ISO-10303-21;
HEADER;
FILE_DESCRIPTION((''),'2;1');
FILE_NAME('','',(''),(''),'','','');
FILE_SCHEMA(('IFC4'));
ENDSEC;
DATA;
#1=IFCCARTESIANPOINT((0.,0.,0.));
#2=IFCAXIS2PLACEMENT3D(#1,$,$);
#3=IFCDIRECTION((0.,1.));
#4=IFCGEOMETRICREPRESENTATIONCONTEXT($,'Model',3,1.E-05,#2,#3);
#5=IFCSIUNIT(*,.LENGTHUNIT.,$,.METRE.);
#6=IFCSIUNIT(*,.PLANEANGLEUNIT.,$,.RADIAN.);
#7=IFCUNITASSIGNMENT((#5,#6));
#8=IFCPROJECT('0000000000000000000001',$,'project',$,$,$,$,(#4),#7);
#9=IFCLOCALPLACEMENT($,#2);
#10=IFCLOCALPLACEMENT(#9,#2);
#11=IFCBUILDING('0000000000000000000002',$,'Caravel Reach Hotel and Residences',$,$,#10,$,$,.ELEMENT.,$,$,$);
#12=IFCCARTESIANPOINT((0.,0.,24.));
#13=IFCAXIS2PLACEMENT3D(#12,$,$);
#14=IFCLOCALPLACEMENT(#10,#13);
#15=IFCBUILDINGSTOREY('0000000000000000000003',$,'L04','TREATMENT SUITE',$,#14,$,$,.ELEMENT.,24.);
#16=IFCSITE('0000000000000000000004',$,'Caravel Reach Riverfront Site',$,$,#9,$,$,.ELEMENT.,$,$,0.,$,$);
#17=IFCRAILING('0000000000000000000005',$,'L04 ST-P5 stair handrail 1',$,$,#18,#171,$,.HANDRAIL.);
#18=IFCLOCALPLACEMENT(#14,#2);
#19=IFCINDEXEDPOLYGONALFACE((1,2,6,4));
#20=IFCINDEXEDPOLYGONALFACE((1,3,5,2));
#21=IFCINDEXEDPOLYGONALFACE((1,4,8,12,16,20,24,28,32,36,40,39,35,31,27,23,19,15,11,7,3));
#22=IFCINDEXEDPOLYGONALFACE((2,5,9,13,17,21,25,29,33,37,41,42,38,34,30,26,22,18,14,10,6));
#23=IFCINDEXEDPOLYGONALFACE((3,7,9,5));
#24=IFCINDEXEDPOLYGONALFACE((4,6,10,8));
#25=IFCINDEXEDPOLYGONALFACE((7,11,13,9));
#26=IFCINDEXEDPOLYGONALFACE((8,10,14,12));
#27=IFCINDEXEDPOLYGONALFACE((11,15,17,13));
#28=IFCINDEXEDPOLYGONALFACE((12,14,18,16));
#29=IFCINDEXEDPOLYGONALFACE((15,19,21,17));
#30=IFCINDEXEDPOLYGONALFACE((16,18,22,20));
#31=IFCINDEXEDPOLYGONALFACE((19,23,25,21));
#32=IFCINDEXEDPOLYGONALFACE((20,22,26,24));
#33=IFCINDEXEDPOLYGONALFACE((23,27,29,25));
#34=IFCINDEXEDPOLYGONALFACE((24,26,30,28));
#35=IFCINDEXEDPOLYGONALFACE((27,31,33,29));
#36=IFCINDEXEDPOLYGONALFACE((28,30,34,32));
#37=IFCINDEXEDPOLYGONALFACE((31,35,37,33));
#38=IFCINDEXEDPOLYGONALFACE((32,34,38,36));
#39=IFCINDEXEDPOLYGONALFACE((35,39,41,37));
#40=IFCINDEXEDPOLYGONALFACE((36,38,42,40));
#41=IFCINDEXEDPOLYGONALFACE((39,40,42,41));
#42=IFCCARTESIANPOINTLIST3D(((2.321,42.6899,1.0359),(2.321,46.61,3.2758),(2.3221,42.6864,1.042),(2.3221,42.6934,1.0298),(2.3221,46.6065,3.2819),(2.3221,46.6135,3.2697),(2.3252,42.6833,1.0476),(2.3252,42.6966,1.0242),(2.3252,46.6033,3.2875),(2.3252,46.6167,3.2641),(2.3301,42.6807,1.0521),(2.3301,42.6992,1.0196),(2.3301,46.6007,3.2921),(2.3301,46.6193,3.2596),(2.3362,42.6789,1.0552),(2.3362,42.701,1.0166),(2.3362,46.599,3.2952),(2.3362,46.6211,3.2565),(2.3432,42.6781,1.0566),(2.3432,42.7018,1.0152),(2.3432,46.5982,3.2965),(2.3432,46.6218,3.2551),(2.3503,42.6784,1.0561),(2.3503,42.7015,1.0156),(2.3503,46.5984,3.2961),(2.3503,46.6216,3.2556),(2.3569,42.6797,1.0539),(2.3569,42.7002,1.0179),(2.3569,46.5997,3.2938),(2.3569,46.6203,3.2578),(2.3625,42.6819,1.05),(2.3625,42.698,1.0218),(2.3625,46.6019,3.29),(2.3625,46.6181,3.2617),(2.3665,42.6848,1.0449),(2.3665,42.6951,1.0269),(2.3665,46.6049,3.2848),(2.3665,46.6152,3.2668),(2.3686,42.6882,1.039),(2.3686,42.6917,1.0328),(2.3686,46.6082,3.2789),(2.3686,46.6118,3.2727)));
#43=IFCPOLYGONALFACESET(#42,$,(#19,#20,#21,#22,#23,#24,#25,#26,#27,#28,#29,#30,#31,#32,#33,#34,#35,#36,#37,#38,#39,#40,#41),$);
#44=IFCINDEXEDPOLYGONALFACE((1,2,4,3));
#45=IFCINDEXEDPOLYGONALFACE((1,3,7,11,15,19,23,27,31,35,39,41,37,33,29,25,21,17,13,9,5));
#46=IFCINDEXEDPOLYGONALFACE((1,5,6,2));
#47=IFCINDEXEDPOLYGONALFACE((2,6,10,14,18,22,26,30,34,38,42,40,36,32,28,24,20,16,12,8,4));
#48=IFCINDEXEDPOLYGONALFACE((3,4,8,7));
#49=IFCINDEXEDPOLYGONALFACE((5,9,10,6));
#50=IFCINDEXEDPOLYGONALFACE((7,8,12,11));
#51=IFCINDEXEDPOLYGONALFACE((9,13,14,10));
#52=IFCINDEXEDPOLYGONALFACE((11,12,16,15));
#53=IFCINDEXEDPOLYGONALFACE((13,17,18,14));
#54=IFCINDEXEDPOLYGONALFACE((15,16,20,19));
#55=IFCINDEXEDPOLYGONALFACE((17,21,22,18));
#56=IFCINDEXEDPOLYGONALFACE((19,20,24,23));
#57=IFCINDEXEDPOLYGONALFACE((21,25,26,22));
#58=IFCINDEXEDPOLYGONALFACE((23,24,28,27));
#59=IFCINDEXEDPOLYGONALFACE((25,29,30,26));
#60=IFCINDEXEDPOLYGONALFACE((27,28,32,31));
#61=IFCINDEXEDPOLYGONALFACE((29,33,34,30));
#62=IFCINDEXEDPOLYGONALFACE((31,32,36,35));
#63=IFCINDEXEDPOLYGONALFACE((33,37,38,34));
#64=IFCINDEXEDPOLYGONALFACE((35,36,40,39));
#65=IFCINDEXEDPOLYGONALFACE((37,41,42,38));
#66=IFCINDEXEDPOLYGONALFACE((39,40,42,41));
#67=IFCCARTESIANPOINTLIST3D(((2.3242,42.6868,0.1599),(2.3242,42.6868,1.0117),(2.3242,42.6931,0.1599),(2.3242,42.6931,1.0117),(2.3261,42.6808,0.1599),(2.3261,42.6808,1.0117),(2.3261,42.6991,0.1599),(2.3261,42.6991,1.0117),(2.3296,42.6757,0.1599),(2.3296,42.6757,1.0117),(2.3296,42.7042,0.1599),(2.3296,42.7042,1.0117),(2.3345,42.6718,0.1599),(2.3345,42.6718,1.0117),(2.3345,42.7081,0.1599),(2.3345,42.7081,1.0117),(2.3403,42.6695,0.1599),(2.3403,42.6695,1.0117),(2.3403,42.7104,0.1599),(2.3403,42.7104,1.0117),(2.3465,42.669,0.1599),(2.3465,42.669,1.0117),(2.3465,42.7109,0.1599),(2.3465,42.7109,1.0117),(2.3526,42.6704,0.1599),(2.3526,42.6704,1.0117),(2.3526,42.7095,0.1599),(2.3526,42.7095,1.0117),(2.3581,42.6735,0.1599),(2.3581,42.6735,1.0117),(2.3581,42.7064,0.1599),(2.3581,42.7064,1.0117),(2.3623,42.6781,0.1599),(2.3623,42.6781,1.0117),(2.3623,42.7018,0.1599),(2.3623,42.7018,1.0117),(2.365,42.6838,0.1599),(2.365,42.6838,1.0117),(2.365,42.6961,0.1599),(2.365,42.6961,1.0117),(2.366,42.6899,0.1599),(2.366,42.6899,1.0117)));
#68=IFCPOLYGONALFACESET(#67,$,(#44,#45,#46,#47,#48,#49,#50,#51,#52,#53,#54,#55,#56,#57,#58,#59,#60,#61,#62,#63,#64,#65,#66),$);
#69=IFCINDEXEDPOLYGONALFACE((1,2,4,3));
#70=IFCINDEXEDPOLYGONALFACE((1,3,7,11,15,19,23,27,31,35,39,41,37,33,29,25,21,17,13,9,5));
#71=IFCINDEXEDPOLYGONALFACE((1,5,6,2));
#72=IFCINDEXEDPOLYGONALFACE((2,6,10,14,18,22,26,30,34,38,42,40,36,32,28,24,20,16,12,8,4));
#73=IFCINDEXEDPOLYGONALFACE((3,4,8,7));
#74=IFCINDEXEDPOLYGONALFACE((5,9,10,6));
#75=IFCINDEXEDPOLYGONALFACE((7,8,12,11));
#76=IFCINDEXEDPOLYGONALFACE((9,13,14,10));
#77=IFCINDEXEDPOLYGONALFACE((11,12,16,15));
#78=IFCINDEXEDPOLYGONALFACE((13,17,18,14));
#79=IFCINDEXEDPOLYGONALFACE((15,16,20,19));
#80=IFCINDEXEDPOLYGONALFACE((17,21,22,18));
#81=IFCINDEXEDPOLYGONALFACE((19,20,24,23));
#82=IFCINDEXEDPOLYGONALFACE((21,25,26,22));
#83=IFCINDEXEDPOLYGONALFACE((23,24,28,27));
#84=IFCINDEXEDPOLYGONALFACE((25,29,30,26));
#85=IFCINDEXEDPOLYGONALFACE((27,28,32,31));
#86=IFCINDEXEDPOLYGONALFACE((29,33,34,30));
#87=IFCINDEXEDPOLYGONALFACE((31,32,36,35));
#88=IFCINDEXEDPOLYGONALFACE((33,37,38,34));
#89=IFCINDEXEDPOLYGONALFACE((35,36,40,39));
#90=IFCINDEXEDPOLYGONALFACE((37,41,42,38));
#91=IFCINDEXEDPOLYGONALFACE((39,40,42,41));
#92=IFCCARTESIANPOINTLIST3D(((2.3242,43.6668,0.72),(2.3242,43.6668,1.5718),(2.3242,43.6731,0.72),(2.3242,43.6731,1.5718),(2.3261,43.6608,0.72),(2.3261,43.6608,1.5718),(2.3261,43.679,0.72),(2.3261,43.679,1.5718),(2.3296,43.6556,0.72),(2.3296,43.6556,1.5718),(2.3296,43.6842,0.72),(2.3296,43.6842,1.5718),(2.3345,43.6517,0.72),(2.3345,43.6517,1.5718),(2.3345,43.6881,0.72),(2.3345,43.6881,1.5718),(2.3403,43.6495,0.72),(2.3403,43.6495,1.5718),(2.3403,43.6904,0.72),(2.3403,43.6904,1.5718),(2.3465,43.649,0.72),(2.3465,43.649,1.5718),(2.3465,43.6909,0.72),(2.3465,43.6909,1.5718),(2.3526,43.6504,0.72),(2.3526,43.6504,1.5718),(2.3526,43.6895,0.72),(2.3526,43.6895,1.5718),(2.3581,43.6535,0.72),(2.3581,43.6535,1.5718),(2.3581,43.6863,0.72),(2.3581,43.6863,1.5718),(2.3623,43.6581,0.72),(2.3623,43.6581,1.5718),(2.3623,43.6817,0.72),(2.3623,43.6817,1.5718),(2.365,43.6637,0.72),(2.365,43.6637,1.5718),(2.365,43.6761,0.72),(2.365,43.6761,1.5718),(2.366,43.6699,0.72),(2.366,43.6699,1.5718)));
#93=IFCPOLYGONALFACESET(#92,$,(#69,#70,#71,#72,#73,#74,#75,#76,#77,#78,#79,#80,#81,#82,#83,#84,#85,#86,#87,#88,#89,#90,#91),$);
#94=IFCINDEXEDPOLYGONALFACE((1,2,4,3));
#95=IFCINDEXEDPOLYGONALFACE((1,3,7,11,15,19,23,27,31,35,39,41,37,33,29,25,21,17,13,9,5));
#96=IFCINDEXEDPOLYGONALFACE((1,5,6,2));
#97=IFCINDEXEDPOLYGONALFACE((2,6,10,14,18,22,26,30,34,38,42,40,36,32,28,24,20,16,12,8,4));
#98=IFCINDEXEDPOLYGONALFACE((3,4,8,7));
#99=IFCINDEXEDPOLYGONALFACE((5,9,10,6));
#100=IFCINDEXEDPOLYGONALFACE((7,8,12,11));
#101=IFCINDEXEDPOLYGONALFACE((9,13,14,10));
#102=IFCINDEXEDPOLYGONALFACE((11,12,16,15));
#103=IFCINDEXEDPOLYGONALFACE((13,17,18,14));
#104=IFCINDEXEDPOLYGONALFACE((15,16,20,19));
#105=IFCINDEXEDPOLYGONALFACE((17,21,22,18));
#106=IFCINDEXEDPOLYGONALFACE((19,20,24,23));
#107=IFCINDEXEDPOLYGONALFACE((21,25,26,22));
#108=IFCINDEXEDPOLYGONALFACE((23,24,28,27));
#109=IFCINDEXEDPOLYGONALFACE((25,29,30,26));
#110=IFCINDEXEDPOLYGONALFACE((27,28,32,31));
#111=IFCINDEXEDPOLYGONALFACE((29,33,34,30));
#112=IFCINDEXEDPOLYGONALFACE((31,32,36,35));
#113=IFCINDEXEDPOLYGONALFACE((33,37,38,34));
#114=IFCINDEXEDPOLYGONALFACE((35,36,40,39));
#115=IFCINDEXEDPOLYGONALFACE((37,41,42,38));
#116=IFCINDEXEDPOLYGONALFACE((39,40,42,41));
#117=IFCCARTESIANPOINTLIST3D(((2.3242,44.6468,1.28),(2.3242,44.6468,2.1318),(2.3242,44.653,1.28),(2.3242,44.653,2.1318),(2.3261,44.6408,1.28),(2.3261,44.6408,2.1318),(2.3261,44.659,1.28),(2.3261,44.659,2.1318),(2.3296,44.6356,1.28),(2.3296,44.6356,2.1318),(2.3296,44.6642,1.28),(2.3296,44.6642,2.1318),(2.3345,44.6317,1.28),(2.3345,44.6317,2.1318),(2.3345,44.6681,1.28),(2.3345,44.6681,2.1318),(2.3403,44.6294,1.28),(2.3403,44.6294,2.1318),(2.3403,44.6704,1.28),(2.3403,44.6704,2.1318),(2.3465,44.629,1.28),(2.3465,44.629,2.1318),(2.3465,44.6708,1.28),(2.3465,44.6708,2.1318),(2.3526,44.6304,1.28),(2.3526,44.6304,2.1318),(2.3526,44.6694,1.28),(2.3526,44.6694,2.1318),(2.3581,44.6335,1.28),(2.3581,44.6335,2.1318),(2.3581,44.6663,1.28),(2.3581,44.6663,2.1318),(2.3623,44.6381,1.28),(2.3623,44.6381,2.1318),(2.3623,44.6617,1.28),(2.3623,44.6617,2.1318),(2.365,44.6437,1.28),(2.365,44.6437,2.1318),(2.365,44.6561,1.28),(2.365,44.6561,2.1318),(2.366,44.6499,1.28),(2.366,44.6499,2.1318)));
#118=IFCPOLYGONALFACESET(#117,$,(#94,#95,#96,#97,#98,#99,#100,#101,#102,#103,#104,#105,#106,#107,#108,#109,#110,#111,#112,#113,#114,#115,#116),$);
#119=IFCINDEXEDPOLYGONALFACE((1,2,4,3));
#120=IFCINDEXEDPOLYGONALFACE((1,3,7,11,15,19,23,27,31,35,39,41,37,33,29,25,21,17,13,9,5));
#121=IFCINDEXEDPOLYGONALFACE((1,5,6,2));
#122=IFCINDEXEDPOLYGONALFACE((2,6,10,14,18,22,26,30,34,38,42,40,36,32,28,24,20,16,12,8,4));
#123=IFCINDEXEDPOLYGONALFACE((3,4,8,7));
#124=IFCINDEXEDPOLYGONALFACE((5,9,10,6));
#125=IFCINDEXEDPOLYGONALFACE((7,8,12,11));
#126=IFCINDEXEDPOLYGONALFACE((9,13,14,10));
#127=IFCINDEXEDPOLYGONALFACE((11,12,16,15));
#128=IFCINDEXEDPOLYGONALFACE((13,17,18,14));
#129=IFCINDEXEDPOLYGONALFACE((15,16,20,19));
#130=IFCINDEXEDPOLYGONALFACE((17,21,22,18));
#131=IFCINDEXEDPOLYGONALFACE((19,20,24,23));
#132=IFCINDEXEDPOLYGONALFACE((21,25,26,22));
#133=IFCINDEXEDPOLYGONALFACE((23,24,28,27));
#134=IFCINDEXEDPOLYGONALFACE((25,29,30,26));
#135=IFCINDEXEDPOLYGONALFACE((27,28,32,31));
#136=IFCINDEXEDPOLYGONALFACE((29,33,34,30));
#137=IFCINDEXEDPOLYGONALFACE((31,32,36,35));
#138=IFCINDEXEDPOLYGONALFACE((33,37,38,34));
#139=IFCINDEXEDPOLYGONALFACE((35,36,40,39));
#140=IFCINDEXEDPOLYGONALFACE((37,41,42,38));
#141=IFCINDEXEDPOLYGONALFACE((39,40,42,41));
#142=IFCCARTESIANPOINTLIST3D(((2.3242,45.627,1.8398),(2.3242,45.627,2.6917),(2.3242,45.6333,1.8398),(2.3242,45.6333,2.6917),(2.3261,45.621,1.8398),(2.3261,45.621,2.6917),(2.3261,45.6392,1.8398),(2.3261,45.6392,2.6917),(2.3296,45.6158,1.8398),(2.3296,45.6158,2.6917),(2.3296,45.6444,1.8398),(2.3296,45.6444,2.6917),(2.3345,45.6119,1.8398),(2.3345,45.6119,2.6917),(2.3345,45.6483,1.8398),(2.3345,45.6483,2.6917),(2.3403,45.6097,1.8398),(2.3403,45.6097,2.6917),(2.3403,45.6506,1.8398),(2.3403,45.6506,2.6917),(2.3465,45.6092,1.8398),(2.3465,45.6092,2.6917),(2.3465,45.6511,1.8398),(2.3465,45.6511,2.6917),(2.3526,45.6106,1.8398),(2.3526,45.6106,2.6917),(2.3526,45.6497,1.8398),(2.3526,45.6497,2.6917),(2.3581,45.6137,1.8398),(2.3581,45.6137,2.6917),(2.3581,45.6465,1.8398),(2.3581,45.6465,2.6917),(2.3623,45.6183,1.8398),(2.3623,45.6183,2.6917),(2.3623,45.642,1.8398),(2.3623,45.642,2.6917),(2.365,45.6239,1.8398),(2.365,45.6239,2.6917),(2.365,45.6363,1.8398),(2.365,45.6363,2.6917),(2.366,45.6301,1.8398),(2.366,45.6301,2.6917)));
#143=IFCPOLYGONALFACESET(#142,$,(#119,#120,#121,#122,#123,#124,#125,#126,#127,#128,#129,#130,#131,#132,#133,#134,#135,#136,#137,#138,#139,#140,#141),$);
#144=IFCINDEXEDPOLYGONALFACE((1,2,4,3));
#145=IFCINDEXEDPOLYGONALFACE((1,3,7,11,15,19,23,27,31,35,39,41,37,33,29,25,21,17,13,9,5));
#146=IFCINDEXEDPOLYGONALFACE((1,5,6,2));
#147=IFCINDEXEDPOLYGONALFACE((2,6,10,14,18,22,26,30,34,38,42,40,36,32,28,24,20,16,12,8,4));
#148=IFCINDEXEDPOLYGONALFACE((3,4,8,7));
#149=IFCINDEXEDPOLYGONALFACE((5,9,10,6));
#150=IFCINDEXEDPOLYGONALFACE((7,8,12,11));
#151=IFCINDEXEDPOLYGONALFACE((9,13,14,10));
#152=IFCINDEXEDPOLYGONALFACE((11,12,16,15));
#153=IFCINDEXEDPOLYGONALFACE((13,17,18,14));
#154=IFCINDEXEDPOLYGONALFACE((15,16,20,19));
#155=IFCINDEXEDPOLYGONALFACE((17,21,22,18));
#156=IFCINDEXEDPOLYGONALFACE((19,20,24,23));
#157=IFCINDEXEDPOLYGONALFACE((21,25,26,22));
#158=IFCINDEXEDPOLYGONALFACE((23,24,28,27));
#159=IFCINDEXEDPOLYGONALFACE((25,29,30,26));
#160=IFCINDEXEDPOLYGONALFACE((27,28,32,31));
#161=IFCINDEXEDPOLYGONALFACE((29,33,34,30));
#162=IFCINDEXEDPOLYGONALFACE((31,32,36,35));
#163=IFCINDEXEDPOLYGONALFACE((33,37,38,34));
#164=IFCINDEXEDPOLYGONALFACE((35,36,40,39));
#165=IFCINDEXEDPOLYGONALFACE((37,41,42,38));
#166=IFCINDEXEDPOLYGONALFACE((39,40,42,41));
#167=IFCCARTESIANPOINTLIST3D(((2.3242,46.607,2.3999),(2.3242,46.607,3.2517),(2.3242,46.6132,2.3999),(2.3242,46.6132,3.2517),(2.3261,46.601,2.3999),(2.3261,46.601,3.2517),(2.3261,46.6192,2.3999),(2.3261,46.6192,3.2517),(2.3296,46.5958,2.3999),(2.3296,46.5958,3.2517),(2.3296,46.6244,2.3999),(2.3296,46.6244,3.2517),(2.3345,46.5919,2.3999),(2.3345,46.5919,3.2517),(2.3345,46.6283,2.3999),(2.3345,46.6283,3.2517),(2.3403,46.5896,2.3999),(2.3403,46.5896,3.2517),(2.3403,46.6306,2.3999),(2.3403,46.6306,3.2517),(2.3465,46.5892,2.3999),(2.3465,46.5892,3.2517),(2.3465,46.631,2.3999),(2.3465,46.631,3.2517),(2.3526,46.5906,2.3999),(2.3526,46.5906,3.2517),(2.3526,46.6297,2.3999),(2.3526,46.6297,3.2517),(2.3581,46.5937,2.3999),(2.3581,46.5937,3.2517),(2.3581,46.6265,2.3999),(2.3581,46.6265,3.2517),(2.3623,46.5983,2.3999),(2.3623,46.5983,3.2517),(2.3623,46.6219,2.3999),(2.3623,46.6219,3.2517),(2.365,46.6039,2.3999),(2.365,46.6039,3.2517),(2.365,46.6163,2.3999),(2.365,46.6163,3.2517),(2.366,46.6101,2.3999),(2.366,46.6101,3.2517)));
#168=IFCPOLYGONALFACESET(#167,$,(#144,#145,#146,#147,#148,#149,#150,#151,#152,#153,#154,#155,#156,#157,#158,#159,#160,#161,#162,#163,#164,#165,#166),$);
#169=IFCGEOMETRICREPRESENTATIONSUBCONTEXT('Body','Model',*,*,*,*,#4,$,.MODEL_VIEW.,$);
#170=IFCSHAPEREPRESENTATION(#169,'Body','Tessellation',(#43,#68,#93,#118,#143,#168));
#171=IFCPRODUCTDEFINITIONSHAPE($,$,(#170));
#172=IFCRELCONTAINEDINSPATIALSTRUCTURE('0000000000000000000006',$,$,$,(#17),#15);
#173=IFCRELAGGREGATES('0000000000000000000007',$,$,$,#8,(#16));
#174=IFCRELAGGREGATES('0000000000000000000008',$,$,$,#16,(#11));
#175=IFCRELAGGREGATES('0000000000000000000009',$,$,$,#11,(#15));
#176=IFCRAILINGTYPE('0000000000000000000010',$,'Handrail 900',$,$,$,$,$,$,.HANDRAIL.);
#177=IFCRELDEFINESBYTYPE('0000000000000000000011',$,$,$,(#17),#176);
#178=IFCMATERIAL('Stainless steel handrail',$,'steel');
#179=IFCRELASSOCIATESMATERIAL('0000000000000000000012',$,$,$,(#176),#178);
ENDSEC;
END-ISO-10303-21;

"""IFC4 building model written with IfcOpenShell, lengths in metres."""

from ifc_helpers import new_model, si_unit, direction, frame, origin, origin_2d, place, context, subcontext, project, spatial, circle, extrude, material, type_object, element, save


model = new_model("IFC4")

# Units and contexts
model_context = context("Model", 3, precision=1e-05, world=origin(), true_north=direction((0.0, 1.0)))
body_context = subcontext(model_context, "Body", "Model", "MODEL_VIEW")
ifc_project = project(units=[si_unit("LENGTHUNIT", "METRE"), si_unit("PLANEANGLEUNIT", "RADIAN")], contexts=[model_context])

# Site, building, storey
site_placement = place(None, origin())
site = spatial("IfcSite", under=ifc_project, at=site_placement, Name="Caravel Reach Riverfront Site", CompositionType="ELEMENT", RefElevation=0.0)
building_placement = place(site_placement, origin())
building = spatial("IfcBuilding", under=site, at=building_placement, Name="Caravel Reach Hotel and Residences", CompositionType="ELEMENT")
storey_placement = place(building_placement, frame((0.0, 0.0, 24.0)))
storey = spatial("IfcBuildingStorey", under=building, at=storey_placement, Name="L04", Description="TREATMENT SUITE", CompositionType="ELEMENT", Elevation=24.0)

# Railing
ifc_material_1 = material(Name="Stainless steel handrail", Category="steel")
railing_type_1 = type_object("IfcRailingType", Name="Handrail 900", PredefinedType="HANDRAIL", material=ifc_material_1)
railing_1_placement = place(storey_placement, frame((2.345, 42.6899, 0.1599)))
element("IfcRailing", 1, at=railing_1_placement, inside=storey, type_object=railing_type_1, Name="L04 ST-P5 stair handrail 1", PredefinedType="HANDRAIL", context=body_context, shape_type="SweptSolid", body=[
    extrude(circle(Radius=0.0239, at=origin_2d()), frame((0.0, 0.0, 0.876), z_axis=(0.0, 0.868253, 0.496121), x_axis=(-1.0, 0.0, 0.0)), (0.0, 0.0, 1.0), 4.5149),
    extrude(circle(Radius=0.021, at=origin_2d()), origin(), (0.0, 0.0, 1.0), 0.8518),
    extrude(circle(Radius=0.021, at=origin_2d()), frame((0.0, 0.98, 0.5601)), (0.0, 0.0, 1.0), 0.8518),
    extrude(circle(Radius=0.021, at=origin_2d()), frame((0.0, 1.96, 1.1201)), (0.0, 0.0, 1.0), 0.8518),
    extrude(circle(Radius=0.021, at=origin_2d()), frame((0.0, 2.9402, 1.6799)), (0.0, 0.0, 1.0), 0.8518),
    extrude(circle(Radius=0.021, at=origin_2d()), frame((0.0, 3.9202, 2.24)), (0.0, 0.0, 1.0), 0.8518),
])

save(model, "model.ifc")
